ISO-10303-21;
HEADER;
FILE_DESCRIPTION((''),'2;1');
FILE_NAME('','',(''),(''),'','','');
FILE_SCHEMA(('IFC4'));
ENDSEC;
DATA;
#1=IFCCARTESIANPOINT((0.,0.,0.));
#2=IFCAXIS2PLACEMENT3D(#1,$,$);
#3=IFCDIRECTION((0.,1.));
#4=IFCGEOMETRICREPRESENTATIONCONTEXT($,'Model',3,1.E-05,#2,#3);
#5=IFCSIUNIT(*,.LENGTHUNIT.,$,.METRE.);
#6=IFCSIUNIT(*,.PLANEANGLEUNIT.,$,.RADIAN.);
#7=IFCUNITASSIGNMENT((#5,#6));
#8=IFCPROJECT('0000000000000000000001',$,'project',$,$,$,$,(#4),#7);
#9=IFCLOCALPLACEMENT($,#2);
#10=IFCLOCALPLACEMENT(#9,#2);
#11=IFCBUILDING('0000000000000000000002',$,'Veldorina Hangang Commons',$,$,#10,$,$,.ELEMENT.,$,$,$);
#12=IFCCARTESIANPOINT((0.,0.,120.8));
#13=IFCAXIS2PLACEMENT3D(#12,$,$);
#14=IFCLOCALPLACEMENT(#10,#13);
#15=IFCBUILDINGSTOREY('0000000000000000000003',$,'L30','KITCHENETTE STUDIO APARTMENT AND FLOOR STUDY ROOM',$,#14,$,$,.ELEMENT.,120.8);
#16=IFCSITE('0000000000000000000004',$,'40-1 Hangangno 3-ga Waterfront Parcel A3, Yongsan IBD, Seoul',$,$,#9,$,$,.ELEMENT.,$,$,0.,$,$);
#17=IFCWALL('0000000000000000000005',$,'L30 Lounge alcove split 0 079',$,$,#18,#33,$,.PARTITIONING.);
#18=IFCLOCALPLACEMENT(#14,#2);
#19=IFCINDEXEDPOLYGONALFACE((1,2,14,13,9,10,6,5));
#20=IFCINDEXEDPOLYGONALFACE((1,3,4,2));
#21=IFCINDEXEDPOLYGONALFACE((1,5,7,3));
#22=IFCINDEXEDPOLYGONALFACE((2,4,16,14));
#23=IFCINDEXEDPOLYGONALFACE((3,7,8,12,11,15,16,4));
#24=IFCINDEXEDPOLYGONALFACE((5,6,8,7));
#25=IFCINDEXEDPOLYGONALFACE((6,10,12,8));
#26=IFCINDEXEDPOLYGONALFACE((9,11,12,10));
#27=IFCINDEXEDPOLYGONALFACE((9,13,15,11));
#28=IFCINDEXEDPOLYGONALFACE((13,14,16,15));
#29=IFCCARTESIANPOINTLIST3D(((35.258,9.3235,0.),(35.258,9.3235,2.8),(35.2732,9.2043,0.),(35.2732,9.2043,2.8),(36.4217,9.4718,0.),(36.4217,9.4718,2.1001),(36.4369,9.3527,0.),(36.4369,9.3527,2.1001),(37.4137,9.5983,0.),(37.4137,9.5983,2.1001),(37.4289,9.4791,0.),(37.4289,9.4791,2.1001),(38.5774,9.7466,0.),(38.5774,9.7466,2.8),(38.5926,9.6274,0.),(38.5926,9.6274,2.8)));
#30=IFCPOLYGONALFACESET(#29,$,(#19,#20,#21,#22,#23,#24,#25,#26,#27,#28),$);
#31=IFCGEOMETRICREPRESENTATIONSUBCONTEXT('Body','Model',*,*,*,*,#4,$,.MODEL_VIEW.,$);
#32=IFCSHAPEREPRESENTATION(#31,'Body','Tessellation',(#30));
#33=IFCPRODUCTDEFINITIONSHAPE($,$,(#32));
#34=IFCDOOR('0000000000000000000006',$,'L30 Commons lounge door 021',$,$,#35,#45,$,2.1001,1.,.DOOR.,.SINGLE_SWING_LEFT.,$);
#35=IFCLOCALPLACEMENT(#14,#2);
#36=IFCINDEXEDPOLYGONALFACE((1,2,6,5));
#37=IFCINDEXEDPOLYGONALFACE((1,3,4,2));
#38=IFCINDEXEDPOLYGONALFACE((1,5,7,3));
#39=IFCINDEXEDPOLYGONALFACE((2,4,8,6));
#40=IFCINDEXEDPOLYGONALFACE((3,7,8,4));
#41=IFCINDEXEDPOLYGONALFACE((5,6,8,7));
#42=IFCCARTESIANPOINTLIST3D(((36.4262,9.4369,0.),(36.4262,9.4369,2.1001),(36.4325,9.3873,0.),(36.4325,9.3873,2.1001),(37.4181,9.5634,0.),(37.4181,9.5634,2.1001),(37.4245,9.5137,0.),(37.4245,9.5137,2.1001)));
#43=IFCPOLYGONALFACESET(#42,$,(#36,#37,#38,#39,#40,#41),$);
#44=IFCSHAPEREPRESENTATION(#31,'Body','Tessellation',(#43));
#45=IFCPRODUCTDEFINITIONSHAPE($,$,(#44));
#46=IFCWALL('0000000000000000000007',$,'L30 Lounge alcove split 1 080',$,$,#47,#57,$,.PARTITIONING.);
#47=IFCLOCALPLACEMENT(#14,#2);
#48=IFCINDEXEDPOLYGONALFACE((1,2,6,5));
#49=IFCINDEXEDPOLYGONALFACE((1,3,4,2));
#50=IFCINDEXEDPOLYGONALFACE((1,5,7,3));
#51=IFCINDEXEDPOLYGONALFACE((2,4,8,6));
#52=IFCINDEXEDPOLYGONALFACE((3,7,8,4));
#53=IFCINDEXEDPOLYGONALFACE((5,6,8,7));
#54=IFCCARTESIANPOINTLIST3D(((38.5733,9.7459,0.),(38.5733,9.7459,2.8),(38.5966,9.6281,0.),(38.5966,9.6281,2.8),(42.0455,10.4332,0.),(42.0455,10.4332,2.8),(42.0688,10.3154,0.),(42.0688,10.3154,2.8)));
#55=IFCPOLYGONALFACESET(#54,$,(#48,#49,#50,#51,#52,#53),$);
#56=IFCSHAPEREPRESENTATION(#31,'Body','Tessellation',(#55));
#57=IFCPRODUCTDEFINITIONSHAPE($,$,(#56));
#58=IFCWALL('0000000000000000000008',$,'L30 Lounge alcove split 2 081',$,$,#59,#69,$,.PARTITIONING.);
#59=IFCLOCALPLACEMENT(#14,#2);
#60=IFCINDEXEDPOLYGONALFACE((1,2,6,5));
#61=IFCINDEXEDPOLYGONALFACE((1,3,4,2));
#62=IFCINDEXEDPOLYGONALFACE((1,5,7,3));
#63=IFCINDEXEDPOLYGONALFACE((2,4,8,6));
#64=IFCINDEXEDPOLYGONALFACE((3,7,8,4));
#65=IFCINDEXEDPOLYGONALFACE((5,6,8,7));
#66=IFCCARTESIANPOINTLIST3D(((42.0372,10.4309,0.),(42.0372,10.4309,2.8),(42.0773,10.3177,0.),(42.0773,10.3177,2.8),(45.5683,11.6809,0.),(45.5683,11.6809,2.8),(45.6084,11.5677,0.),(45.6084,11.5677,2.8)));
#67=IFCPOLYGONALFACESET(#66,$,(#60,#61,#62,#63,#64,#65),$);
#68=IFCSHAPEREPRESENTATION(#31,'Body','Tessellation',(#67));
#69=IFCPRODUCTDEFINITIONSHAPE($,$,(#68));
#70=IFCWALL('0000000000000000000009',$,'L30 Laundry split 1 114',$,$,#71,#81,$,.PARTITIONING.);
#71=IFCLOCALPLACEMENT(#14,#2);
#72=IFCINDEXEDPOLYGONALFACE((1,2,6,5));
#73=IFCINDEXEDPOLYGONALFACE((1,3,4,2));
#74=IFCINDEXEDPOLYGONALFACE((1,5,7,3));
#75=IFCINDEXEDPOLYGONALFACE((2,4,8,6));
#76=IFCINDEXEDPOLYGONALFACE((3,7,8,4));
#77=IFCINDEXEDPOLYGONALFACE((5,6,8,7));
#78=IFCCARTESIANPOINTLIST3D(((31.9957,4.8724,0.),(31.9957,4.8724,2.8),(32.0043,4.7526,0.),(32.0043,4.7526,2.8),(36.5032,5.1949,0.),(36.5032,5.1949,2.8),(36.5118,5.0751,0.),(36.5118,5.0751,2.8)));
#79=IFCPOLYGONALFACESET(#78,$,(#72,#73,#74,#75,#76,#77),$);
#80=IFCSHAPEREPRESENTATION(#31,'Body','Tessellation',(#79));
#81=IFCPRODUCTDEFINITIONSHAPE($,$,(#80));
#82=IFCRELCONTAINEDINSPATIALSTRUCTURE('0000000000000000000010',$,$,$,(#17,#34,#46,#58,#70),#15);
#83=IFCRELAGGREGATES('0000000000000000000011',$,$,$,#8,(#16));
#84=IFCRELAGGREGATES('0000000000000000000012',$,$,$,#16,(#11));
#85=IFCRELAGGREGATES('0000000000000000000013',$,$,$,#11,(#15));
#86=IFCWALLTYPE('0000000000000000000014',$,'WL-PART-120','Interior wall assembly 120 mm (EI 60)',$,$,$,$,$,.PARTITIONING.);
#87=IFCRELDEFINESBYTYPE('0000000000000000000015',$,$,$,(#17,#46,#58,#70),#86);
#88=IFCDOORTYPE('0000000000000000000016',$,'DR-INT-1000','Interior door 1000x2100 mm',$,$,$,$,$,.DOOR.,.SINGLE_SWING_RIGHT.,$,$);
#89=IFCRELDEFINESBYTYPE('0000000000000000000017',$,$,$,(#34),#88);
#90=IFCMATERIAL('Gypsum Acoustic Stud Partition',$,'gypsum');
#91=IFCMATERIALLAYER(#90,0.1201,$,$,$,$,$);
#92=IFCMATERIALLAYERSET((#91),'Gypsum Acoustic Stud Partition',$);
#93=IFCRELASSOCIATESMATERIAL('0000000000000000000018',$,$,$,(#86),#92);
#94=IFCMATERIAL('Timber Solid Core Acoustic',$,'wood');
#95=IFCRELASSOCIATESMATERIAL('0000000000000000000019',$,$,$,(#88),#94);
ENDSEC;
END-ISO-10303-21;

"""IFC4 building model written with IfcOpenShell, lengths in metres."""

from ifc_helpers import new_model, si_unit, direction, frame, frame_2d, origin, place, context, subcontext, project, spatial, rectangle, extrude, material, layer, layer_set, type_object, element, fill, save


model = new_model("IFC4")

# Units and contexts
model_context = context("Model", 3, precision=1e-05, world=origin(), true_north=direction((0.0, 1.0)))
body_context = subcontext(model_context, "Body", "Model", "MODEL_VIEW")
ifc_project = project(units=[si_unit("LENGTHUNIT", "METRE"), si_unit("PLANEANGLEUNIT", "RADIAN")], contexts=[model_context])

# Site, building, storey
site_placement = place(None, origin())
site = spatial("IfcSite", under=ifc_project, at=site_placement, Name="40-1 Hangangno 3-ga Waterfront Parcel A3, Yongsan IBD, Seoul", CompositionType="ELEMENT", RefElevation=0.0)
building_placement = place(site_placement, origin())
building = spatial("IfcBuilding", under=site, at=building_placement, Name="Veldorina Hangang Commons", CompositionType="ELEMENT")
storey_placement = place(building_placement, frame((0.0, 0.0, 120.8)))
storey = spatial("IfcBuildingStorey", under=building, at=storey_placement, Name="L30", Description="KITCHENETTE STUDIO APARTMENT AND FLOOR STUDY ROOM", CompositionType="ELEMENT", Elevation=120.8)

# Wall, opening, door
ifc_material_1 = material(Name="Gypsum Acoustic Stud Partition", Category="gypsum")
ifc_layer_1 = layer(ifc_material_1, 0.1201)
ifc_layer_set_1 = layer_set([ifc_layer_1], Name="Gypsum Acoustic Stud Partition")
wall_type_1 = type_object("IfcWallType", Name="WL-PART-120", Description="Interior wall assembly 120 mm (EI 60)", PredefinedType="PARTITIONING", material=ifc_layer_set_1)
wall_1_placement = place(storey_placement, frame((35.2656, 9.2639, 0.0), z_axis=(0.0, 0.0, 1.0), x_axis=(0.991974, 0.126441, 0.0)))
wall_1 = element("IfcWall", 1, at=wall_1_placement, inside=storey, type_object=wall_type_1, Name="L30 Lounge alcove split 0 079", PredefinedType="PARTITIONING", context=body_context, shape_type="SweptSolid", body=[
    extrude(rectangle(XDim=3.3462, YDim=0.1201, at=frame_2d((1.6731, 0.0))), origin(), (0.0, 0.0, 1.0), 2.8),
])
opening_1_placement = place(wall_1_placement, frame((1.1731, 0.0, 0.0)))
opening_1 = element("IfcOpeningElement", 2, at=opening_1_placement, cuts=wall_1, PredefinedType="OPENING", context=body_context, shape_type="SweptSolid", body=[
    extrude(rectangle(XDim=1.0, YDim=2.1001, at=frame_2d((0.5, 1.05))), frame((0.0, 0.0701, 0.0), z_axis=(0.0, -1.0, 0.0), x_axis=(1.0, 0.0, 0.0)), (0.0, 0.0, 1.0), 0.1401),
])
ifc_material_2 = material(Name="Timber Solid Core Acoustic", Category="wood")
door_type_1 = type_object("IfcDoorType", Name="DR-INT-1000", Description="Interior door 1000x2100 mm", OperationType="SINGLE_SWING_RIGHT", PredefinedType="DOOR", material=ifc_material_2)
door_1_placement = place(opening_1_placement, origin())
door_1 = element("IfcDoor", 3, at=door_1_placement, inside=storey, type_object=door_type_1, Name="L30 Commons lounge door 021", OperationType="SINGLE_SWING_LEFT", OverallHeight=2.1001, OverallWidth=1.0, PredefinedType="DOOR", context=body_context, shape_type="SweptSolid", body=[
    extrude(rectangle(XDim=1.0, YDim=2.1001, at=frame_2d((0.5, 1.05))), frame((0.0, 0.0249, 0.0), z_axis=(0.0, -1.0, 0.0), x_axis=(1.0, 0.0, 0.0)), (0.0, 0.0, 1.0), 0.05),
])
fill(opening_1, door_1)

# Walls
wall_2_placement = place(storey_placement, frame((38.585, 9.687, 0.0), z_axis=(0.0, 0.0, 1.0), x_axis=(0.980969, 0.194166, 0.0)))
element("IfcWall", 4, at=wall_2_placement, inside=storey, type_object=wall_type_1, Name="L30 Lounge alcove split 1 080", PredefinedType="PARTITIONING", context=body_context, shape_type="SweptSolid", body=[
    extrude(rectangle(XDim=3.5396, YDim=0.1201, at=frame_2d((1.7698, 0.0))), origin(), (0.0, 0.0, 1.0), 2.8),
])
wall_3_placement = place(storey_placement, frame((42.0571, 10.3743, 0.0), z_axis=(0.0, 0.0, 1.0), x_axis=(0.942682, 0.333693, 0.0)))
element("IfcWall", 5, at=wall_3_placement, inside=storey, type_object=wall_type_1, Name="L30 Lounge alcove split 2 081", PredefinedType="PARTITIONING", context=body_context, shape_type="SweptSolid", body=[
    extrude(rectangle(XDim=3.7458, YDim=0.1201, at=frame_2d((1.873, 0.0))), origin(), (0.0, 0.0, 1.0), 2.8),
])
wall_4_placement = place(storey_placement, frame((32.0, 4.8125, 0.0), z_axis=(0.0, 0.0, 1.0), x_axis=(0.99745, 0.071366, 0.0)))
element("IfcWall", 6, at=wall_4_placement, inside=storey, type_object=wall_type_1, Name="L30 Laundry split 1 114", PredefinedType="PARTITIONING", context=body_context, shape_type="SweptSolid", body=[
    extrude(rectangle(XDim=4.519, YDim=0.1201, at=frame_2d((2.2595, 0.0))), origin(), (0.0, 0.0, 1.0), 2.8),
])

save(model, "model.ifc")
